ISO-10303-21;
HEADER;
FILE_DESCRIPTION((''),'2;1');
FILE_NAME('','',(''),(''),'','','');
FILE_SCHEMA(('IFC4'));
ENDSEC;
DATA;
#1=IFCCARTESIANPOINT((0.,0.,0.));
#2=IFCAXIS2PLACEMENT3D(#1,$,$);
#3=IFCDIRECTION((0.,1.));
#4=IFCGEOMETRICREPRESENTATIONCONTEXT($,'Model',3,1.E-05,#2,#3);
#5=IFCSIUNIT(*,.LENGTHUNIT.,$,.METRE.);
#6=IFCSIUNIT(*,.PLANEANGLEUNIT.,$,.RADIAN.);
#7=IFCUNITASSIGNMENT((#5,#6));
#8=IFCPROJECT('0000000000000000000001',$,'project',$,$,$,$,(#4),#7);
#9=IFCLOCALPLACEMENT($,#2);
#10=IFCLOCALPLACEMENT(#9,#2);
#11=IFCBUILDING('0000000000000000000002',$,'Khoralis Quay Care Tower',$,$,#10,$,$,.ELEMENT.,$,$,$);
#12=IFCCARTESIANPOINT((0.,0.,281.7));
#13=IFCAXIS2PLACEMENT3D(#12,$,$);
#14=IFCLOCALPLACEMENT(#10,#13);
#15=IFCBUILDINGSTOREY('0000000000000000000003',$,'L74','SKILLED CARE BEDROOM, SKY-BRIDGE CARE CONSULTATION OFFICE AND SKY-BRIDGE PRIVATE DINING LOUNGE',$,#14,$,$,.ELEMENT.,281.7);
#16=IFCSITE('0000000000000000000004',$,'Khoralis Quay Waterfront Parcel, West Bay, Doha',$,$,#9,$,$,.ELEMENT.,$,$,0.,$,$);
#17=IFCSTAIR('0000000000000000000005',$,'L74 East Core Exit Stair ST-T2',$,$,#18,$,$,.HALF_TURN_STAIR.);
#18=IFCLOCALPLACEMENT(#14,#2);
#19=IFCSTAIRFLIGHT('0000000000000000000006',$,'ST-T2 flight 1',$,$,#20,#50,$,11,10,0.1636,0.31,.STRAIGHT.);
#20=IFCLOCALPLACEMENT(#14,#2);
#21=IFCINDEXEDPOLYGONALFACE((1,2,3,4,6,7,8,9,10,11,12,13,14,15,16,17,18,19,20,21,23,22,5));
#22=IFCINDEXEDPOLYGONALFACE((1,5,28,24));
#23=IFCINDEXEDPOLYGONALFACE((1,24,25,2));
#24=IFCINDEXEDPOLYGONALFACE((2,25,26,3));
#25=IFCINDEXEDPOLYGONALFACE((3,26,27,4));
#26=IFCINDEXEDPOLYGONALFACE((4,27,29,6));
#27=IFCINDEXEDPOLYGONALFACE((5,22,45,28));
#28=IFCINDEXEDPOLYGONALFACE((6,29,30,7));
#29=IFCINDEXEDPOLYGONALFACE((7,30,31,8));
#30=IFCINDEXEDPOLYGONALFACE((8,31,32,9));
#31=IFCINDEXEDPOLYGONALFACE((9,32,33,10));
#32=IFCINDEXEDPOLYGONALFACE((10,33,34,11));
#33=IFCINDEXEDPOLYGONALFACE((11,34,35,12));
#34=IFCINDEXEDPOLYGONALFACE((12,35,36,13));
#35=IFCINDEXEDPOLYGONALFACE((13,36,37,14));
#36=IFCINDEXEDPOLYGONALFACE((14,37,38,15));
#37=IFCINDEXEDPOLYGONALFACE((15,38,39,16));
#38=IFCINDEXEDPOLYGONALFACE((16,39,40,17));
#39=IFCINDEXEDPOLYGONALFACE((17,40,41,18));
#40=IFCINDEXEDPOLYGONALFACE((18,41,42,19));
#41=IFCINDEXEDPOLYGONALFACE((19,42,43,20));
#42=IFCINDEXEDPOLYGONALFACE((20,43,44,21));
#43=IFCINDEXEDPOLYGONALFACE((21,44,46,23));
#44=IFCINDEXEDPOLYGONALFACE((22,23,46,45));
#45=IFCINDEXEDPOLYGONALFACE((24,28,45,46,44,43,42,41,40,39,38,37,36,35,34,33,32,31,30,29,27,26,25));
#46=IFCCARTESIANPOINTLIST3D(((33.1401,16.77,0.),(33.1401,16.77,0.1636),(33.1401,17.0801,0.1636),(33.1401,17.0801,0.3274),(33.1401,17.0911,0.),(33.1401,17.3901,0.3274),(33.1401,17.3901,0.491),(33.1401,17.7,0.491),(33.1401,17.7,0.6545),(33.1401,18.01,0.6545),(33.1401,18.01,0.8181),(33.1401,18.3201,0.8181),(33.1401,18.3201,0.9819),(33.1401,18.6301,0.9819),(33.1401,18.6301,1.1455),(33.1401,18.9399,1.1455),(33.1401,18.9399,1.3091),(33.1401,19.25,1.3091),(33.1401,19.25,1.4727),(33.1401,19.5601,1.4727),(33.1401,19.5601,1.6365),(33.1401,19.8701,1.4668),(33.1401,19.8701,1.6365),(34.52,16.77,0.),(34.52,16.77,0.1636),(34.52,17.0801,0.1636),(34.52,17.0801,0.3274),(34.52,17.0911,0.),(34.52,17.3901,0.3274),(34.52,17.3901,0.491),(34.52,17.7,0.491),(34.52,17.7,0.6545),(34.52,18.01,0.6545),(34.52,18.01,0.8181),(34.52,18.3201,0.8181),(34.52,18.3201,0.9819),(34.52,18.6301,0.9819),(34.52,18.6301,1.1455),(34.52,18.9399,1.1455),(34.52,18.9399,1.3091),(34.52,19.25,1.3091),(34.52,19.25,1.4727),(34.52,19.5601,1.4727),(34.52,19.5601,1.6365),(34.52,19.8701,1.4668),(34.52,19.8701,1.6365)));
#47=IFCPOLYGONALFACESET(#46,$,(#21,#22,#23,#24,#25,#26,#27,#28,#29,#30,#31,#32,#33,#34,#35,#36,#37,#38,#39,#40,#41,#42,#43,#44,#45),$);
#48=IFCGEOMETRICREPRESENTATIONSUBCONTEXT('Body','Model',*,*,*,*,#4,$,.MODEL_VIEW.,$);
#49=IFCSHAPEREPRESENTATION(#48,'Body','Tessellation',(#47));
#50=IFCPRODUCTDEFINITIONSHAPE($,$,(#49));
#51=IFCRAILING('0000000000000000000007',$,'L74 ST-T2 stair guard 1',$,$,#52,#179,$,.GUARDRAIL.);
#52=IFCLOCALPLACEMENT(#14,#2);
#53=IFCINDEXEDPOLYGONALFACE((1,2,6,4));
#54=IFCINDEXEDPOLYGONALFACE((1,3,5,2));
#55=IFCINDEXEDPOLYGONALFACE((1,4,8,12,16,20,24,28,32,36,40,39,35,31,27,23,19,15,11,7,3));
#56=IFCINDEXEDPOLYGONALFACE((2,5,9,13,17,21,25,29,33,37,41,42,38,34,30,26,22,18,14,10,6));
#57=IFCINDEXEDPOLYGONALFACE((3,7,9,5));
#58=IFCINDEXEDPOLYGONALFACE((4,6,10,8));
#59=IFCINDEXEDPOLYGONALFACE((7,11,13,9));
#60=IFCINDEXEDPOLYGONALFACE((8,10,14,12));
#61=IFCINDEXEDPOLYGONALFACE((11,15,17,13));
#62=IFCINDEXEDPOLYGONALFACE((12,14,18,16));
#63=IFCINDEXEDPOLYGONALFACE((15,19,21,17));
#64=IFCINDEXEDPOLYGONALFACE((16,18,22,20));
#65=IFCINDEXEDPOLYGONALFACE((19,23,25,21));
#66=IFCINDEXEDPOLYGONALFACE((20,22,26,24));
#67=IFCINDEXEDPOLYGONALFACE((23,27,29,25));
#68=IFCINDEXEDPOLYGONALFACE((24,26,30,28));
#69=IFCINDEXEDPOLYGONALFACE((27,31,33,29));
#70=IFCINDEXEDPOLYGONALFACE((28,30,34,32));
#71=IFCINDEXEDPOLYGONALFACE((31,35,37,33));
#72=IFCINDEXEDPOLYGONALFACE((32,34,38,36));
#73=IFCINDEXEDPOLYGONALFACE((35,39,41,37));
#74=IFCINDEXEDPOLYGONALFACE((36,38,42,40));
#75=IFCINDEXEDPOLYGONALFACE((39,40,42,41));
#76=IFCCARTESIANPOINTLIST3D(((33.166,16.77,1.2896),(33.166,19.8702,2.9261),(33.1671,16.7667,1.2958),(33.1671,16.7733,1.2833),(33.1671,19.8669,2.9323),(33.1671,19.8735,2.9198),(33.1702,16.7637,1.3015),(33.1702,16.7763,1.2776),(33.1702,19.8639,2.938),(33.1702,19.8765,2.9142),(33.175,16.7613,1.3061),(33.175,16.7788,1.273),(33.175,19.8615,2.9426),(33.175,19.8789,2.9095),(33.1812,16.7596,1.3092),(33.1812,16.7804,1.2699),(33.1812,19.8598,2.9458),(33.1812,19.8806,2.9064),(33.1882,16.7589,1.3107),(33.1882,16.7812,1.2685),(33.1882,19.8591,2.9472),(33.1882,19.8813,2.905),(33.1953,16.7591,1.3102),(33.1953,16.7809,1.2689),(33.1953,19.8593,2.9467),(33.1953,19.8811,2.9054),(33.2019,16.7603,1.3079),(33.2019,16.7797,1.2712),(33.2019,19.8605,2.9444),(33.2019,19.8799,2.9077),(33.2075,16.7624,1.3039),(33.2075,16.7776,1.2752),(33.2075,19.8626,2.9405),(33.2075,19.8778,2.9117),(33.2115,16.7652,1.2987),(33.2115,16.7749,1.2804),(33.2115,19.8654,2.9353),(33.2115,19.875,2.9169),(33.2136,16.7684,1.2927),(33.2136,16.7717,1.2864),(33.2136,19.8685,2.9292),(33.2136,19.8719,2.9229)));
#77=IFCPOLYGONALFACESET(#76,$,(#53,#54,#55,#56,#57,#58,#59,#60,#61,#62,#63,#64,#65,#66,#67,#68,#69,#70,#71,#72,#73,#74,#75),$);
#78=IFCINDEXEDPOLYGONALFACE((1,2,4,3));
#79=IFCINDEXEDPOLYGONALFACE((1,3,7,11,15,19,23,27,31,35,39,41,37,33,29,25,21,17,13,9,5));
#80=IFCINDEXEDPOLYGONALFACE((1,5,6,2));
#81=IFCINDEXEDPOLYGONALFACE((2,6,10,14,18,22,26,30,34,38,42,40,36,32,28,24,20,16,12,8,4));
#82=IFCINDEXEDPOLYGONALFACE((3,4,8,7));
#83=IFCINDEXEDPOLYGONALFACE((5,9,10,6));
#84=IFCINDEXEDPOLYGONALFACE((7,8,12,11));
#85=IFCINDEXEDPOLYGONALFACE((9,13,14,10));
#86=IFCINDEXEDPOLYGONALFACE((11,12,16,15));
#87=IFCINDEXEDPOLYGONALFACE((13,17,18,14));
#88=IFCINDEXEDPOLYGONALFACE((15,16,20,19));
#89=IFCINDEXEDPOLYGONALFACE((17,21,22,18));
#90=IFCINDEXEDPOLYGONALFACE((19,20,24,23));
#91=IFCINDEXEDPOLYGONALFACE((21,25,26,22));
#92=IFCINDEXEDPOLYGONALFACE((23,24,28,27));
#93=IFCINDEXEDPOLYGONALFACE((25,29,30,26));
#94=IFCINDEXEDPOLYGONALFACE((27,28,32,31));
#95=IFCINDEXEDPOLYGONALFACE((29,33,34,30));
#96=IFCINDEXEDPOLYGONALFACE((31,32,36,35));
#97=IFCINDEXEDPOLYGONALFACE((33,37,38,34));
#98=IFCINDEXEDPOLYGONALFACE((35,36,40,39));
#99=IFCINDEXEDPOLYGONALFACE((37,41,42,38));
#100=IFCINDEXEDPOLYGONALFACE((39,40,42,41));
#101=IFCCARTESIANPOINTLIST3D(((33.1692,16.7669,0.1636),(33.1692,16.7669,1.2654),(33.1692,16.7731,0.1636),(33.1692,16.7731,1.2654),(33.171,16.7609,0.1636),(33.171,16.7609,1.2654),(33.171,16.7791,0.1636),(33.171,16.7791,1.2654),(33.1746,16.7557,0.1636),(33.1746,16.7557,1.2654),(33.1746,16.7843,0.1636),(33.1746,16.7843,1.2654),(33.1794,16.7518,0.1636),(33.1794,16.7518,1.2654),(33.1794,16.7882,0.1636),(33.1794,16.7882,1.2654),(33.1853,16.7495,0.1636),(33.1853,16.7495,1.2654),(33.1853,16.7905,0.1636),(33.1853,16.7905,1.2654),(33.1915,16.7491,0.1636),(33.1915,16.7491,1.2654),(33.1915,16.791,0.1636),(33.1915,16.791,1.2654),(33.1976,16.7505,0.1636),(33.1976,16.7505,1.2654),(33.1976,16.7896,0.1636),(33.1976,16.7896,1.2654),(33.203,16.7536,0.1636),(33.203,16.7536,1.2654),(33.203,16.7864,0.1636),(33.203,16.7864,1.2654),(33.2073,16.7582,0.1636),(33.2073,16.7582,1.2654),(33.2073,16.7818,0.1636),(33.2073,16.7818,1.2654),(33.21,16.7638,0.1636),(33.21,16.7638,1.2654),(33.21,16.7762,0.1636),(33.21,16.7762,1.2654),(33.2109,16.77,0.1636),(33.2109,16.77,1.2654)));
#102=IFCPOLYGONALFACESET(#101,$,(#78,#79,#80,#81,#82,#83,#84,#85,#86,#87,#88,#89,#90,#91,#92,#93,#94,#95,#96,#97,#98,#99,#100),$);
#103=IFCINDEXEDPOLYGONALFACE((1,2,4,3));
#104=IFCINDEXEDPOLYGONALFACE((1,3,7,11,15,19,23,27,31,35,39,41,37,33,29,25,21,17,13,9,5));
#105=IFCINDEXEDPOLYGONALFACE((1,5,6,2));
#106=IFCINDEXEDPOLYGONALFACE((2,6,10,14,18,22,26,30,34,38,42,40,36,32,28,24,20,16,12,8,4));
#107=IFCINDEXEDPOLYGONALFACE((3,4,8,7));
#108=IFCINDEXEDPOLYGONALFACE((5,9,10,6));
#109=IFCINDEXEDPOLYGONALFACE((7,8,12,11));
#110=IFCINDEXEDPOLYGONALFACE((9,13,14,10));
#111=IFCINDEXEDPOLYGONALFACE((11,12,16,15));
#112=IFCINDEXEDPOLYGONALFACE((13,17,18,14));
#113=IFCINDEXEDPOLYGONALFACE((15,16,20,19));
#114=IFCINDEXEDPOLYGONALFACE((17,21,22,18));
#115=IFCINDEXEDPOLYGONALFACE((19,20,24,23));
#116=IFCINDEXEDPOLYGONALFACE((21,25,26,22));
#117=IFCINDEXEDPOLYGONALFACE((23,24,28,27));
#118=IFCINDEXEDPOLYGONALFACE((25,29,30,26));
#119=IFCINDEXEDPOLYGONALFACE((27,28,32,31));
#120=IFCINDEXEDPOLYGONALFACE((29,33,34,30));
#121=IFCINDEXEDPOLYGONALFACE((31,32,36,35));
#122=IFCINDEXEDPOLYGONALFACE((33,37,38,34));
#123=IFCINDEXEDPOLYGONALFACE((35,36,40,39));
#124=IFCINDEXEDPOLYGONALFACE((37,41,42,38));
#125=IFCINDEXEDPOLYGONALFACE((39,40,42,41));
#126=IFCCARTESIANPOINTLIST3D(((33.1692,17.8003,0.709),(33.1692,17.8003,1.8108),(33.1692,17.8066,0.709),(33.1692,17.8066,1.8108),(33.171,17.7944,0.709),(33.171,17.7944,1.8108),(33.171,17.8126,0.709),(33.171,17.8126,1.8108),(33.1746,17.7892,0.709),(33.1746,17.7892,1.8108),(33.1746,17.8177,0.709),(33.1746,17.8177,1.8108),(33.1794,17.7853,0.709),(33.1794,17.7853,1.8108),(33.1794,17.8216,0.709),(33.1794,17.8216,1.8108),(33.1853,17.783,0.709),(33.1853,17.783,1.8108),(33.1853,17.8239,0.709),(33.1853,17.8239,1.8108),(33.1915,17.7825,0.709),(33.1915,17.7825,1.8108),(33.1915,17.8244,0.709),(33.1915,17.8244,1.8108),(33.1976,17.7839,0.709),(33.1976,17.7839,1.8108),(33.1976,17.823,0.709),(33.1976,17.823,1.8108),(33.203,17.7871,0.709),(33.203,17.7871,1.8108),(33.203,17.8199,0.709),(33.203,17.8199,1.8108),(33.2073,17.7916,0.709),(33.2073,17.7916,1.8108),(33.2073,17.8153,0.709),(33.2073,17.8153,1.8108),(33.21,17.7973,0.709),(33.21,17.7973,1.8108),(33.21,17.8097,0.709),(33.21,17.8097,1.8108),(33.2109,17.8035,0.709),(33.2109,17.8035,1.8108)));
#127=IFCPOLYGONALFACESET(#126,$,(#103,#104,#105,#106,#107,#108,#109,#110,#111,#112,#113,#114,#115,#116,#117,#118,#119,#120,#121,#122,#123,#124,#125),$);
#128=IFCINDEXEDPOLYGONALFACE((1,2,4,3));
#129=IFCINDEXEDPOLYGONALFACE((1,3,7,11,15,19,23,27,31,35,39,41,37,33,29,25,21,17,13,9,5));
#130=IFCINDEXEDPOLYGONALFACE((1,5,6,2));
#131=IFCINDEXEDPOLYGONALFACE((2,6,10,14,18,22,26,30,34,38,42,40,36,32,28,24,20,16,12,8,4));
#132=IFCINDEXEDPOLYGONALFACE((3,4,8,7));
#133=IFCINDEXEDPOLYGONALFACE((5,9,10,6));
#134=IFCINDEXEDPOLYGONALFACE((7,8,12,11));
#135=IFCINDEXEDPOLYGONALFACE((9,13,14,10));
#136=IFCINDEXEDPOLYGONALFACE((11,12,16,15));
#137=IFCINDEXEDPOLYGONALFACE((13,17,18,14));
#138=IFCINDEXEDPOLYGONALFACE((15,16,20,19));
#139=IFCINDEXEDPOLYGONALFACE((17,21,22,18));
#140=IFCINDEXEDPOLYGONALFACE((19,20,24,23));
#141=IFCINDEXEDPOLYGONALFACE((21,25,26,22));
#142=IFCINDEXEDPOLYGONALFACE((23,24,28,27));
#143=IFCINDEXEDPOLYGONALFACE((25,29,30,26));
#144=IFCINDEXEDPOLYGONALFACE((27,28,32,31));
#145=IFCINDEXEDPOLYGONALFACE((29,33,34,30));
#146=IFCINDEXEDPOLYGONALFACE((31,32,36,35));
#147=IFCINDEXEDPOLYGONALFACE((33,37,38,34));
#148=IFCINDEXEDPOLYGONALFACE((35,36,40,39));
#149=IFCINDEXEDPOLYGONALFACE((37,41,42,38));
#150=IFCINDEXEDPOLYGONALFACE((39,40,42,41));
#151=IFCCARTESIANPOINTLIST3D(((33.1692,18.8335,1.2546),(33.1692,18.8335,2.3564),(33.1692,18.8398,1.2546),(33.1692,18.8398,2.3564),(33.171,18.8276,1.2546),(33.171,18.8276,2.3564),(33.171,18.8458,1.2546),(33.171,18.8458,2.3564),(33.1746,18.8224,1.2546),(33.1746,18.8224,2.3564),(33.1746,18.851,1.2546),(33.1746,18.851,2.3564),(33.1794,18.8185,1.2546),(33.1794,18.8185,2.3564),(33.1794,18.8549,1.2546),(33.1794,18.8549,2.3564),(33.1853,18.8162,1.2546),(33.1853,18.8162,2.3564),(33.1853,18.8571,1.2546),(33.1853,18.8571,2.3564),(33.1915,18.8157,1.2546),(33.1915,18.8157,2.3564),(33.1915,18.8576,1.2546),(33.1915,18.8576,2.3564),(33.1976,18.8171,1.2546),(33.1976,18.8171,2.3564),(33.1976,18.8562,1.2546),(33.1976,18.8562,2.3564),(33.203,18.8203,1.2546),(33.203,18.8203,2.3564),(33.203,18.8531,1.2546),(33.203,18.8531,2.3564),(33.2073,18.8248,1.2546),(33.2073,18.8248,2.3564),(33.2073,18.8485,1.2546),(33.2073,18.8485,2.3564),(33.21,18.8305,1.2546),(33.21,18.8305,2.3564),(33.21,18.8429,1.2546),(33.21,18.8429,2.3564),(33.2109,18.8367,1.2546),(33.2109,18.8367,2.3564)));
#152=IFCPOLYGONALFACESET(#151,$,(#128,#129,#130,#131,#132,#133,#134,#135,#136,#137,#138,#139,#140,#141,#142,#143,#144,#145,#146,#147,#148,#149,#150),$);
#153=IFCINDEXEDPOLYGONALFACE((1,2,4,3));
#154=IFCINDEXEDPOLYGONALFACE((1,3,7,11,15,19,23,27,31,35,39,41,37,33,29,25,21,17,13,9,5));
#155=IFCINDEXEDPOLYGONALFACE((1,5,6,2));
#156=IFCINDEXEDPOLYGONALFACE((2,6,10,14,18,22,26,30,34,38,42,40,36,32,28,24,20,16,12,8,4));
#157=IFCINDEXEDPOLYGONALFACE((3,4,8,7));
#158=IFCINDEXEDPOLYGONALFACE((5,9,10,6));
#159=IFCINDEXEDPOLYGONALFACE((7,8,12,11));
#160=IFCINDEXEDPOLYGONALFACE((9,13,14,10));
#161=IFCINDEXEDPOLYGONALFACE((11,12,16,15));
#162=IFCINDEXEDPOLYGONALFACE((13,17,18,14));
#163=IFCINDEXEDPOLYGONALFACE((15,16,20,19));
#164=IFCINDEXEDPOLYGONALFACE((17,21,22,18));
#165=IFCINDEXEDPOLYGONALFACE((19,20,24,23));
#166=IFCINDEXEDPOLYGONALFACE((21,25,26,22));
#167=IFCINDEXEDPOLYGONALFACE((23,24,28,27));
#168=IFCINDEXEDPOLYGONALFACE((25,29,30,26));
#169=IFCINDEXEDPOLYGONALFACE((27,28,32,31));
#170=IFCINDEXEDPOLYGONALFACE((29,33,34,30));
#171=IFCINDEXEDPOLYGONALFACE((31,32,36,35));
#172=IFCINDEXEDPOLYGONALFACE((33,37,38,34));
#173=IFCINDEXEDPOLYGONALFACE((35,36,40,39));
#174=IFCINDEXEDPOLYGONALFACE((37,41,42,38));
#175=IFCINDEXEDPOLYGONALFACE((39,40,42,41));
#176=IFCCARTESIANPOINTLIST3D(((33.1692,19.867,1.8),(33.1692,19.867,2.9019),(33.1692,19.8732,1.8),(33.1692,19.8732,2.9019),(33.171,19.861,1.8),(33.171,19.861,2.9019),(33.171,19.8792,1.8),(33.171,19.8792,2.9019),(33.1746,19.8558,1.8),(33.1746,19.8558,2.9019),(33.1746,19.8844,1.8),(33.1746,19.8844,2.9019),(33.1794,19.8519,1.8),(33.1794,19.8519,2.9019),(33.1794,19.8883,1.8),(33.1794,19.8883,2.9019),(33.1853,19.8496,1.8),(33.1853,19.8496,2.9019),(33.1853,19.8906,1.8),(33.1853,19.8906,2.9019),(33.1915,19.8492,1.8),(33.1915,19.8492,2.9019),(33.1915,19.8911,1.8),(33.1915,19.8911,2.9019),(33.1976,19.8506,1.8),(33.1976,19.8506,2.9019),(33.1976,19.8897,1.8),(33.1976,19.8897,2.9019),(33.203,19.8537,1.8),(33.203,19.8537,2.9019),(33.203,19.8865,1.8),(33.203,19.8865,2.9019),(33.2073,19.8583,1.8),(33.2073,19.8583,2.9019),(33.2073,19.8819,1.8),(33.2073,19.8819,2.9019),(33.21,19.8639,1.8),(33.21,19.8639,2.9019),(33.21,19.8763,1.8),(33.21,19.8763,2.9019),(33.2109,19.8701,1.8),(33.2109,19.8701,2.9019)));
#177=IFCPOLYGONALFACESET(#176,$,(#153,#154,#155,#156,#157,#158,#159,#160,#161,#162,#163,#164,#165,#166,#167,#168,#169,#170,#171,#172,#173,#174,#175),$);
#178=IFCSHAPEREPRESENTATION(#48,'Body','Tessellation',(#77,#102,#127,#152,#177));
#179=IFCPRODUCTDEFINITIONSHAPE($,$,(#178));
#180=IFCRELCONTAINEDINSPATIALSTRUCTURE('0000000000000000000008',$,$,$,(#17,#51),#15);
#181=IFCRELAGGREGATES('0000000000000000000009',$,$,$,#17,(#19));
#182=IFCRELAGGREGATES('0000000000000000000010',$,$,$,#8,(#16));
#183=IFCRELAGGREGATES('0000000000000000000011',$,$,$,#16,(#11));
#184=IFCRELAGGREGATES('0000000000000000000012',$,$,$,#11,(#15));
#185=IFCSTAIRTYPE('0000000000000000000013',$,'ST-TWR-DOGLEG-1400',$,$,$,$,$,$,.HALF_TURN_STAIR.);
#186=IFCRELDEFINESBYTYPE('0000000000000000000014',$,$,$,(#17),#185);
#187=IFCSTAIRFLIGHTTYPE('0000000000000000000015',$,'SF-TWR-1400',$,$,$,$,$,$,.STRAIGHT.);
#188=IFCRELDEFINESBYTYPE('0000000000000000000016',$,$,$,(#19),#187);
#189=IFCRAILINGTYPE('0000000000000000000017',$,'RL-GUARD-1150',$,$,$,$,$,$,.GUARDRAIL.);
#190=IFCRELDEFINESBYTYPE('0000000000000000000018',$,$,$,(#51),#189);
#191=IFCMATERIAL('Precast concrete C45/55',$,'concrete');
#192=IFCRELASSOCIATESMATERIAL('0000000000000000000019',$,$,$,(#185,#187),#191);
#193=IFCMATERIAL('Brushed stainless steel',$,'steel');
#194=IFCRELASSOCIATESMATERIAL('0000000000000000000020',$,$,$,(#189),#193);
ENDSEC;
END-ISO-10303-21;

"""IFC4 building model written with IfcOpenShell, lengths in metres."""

from ifc_helpers import new_model, si_unit, direction, frame, origin, origin_2d, place, context, subcontext, project, spatial, polyline, circle, outline, extrude, source, transform, mapped, material, type_object, element, aggregate, save


model = new_model("IFC4")

# Units and contexts
model_context = context("Model", 3, precision=1e-05, world=origin(), true_north=direction((0.0, 1.0)))
body_context = subcontext(model_context, "Body", "Model", "MODEL_VIEW")
ifc_project = project(units=[si_unit("LENGTHUNIT", "METRE"), si_unit("PLANEANGLEUNIT", "RADIAN")], contexts=[model_context])

# Site, building, storey
site_placement = place(None, origin())
site = spatial("IfcSite", under=ifc_project, at=site_placement, Name="Khoralis Quay Waterfront Parcel, West Bay, Doha", CompositionType="ELEMENT", RefElevation=0.0)
building_placement = place(site_placement, origin())
building = spatial("IfcBuilding", under=site, at=building_placement, Name="Khoralis Quay Care Tower", CompositionType="ELEMENT")
storey_placement = place(building_placement, frame((0.0, 0.0, 281.7)))
storey = spatial("IfcBuildingStorey", under=building, at=storey_placement, Name="L74", Description="SKILLED CARE BEDROOM, SKY-BRIDGE CARE CONSULTATION OFFICE AND SKY-BRIDGE PRIVATE DINING LOUNGE", CompositionType="ELEMENT", Elevation=281.7)

# Shared definitions
ifc_material_1 = material(Name="Brushed stainless steel", Category="steel")

# Stair, stair flight
ifc_material_2 = material(Name="Precast concrete C45/55", Category="concrete")
stair_type = type_object("IfcStairType", Name="ST-TWR-DOGLEG-1400", PredefinedType="HALF_TURN_STAIR", material=ifc_material_2)
stair_placement = place(storey_placement, origin())
stair = element("IfcStair", 1, at=stair_placement, inside=storey, type_object=stair_type, Name="L74 East Core Exit Stair ST-T2", PredefinedType="HALF_TURN_STAIR")
stair_flight_type = type_object("IfcStairFlightType", Name="SF-TWR-1400", PredefinedType="STRAIGHT", material=ifc_material_2)
shared_shape_1 = source(origin(), body_context, "Body", "SweptSolid", [
    extrude(outline(polyline([(0.0, 0.0), (0.0, 0.1636), (0.3101, 0.1636), (0.3101, 0.3274), (0.6201, 0.3274), (0.6201, 0.491), (0.9299, 0.491), (0.9299, 0.6545), (1.24, 0.6545), (1.24, 0.8181), (1.55, 0.8181), (1.55, 0.9819), (1.8601, 0.9819), (1.8601, 1.1455), (2.1699, 1.1455), (2.1699, 1.3091), (2.48, 1.3091), (2.48, 1.4727), (2.79, 1.4727), (2.79, 1.6365), (3.1001, 1.6365), (3.1001, 1.8), (3.1001, 1.4668), (0.321, 0.0), (0.0, 0.0)])), frame((0.0, 0.6899, 0.0), z_axis=(0.0, -1.0, 0.0), x_axis=(1.0, 0.0, 0.0)), (0.0, 0.0, 1.0), 1.3799),
])
stair_flight_placement = place(storey_placement, frame((33.8301, 16.77, 0.0), z_axis=(0.0, 0.0, 1.0), x_axis=(0.0, 1.0, 0.0)))
stair_flight = element("IfcStairFlight", 2, at=stair_flight_placement, type_object=stair_flight_type, Name="ST-T2 flight 1", NumberOfRisers=11, NumberOfTreads=10, PredefinedType="STRAIGHT", RiserHeight=0.1636, TreadLength=0.31, context=body_context, shape_type="MappedRepresentation", body=[
    mapped(shared_shape_1, transform((0.0, 0.0, 0.0), scale=1.0)),
])
aggregate(stair, [stair_flight])

# Railing
railing_type_1 = type_object("IfcRailingType", Name="RL-GUARD-1150", PredefinedType="GUARDRAIL", material=ifc_material_1)
railing_1_placement = place(storey_placement, frame((33.1899, 16.77, 0.1636)))
element("IfcRailing", 3, at=railing_1_placement, inside=storey, type_object=railing_type_1, Name="L74 ST-T2 stair guard 1", PredefinedType="GUARDRAIL", context=body_context, shape_type="SweptSolid", body=[
    extrude(circle(Radius=0.0239, at=origin_2d()), frame((0.0, 0.0, 1.126), z_axis=(0.0, 0.884348, 0.466828), x_axis=(-1.0, 0.0, 0.0)), (0.0, 0.0, 1.0), 3.5056),
    extrude(circle(Radius=0.021, at=origin_2d()), origin(), (0.0, 0.0, 1.0), 1.1018),
    extrude(circle(Radius=0.021, at=origin_2d()), frame((0.0, 1.0334, 0.5454)), (0.0, 0.0, 1.0), 1.1018),
    extrude(circle(Radius=0.021, at=origin_2d()), frame((0.0, 2.0667, 1.0911)), (0.0, 0.0, 1.0), 1.1018),
    extrude(circle(Radius=0.021, at=origin_2d()), frame((0.0, 3.1001, 1.6365)), (0.0, 0.0, 1.0), 1.1018),
])

save(model, "model.ifc")
